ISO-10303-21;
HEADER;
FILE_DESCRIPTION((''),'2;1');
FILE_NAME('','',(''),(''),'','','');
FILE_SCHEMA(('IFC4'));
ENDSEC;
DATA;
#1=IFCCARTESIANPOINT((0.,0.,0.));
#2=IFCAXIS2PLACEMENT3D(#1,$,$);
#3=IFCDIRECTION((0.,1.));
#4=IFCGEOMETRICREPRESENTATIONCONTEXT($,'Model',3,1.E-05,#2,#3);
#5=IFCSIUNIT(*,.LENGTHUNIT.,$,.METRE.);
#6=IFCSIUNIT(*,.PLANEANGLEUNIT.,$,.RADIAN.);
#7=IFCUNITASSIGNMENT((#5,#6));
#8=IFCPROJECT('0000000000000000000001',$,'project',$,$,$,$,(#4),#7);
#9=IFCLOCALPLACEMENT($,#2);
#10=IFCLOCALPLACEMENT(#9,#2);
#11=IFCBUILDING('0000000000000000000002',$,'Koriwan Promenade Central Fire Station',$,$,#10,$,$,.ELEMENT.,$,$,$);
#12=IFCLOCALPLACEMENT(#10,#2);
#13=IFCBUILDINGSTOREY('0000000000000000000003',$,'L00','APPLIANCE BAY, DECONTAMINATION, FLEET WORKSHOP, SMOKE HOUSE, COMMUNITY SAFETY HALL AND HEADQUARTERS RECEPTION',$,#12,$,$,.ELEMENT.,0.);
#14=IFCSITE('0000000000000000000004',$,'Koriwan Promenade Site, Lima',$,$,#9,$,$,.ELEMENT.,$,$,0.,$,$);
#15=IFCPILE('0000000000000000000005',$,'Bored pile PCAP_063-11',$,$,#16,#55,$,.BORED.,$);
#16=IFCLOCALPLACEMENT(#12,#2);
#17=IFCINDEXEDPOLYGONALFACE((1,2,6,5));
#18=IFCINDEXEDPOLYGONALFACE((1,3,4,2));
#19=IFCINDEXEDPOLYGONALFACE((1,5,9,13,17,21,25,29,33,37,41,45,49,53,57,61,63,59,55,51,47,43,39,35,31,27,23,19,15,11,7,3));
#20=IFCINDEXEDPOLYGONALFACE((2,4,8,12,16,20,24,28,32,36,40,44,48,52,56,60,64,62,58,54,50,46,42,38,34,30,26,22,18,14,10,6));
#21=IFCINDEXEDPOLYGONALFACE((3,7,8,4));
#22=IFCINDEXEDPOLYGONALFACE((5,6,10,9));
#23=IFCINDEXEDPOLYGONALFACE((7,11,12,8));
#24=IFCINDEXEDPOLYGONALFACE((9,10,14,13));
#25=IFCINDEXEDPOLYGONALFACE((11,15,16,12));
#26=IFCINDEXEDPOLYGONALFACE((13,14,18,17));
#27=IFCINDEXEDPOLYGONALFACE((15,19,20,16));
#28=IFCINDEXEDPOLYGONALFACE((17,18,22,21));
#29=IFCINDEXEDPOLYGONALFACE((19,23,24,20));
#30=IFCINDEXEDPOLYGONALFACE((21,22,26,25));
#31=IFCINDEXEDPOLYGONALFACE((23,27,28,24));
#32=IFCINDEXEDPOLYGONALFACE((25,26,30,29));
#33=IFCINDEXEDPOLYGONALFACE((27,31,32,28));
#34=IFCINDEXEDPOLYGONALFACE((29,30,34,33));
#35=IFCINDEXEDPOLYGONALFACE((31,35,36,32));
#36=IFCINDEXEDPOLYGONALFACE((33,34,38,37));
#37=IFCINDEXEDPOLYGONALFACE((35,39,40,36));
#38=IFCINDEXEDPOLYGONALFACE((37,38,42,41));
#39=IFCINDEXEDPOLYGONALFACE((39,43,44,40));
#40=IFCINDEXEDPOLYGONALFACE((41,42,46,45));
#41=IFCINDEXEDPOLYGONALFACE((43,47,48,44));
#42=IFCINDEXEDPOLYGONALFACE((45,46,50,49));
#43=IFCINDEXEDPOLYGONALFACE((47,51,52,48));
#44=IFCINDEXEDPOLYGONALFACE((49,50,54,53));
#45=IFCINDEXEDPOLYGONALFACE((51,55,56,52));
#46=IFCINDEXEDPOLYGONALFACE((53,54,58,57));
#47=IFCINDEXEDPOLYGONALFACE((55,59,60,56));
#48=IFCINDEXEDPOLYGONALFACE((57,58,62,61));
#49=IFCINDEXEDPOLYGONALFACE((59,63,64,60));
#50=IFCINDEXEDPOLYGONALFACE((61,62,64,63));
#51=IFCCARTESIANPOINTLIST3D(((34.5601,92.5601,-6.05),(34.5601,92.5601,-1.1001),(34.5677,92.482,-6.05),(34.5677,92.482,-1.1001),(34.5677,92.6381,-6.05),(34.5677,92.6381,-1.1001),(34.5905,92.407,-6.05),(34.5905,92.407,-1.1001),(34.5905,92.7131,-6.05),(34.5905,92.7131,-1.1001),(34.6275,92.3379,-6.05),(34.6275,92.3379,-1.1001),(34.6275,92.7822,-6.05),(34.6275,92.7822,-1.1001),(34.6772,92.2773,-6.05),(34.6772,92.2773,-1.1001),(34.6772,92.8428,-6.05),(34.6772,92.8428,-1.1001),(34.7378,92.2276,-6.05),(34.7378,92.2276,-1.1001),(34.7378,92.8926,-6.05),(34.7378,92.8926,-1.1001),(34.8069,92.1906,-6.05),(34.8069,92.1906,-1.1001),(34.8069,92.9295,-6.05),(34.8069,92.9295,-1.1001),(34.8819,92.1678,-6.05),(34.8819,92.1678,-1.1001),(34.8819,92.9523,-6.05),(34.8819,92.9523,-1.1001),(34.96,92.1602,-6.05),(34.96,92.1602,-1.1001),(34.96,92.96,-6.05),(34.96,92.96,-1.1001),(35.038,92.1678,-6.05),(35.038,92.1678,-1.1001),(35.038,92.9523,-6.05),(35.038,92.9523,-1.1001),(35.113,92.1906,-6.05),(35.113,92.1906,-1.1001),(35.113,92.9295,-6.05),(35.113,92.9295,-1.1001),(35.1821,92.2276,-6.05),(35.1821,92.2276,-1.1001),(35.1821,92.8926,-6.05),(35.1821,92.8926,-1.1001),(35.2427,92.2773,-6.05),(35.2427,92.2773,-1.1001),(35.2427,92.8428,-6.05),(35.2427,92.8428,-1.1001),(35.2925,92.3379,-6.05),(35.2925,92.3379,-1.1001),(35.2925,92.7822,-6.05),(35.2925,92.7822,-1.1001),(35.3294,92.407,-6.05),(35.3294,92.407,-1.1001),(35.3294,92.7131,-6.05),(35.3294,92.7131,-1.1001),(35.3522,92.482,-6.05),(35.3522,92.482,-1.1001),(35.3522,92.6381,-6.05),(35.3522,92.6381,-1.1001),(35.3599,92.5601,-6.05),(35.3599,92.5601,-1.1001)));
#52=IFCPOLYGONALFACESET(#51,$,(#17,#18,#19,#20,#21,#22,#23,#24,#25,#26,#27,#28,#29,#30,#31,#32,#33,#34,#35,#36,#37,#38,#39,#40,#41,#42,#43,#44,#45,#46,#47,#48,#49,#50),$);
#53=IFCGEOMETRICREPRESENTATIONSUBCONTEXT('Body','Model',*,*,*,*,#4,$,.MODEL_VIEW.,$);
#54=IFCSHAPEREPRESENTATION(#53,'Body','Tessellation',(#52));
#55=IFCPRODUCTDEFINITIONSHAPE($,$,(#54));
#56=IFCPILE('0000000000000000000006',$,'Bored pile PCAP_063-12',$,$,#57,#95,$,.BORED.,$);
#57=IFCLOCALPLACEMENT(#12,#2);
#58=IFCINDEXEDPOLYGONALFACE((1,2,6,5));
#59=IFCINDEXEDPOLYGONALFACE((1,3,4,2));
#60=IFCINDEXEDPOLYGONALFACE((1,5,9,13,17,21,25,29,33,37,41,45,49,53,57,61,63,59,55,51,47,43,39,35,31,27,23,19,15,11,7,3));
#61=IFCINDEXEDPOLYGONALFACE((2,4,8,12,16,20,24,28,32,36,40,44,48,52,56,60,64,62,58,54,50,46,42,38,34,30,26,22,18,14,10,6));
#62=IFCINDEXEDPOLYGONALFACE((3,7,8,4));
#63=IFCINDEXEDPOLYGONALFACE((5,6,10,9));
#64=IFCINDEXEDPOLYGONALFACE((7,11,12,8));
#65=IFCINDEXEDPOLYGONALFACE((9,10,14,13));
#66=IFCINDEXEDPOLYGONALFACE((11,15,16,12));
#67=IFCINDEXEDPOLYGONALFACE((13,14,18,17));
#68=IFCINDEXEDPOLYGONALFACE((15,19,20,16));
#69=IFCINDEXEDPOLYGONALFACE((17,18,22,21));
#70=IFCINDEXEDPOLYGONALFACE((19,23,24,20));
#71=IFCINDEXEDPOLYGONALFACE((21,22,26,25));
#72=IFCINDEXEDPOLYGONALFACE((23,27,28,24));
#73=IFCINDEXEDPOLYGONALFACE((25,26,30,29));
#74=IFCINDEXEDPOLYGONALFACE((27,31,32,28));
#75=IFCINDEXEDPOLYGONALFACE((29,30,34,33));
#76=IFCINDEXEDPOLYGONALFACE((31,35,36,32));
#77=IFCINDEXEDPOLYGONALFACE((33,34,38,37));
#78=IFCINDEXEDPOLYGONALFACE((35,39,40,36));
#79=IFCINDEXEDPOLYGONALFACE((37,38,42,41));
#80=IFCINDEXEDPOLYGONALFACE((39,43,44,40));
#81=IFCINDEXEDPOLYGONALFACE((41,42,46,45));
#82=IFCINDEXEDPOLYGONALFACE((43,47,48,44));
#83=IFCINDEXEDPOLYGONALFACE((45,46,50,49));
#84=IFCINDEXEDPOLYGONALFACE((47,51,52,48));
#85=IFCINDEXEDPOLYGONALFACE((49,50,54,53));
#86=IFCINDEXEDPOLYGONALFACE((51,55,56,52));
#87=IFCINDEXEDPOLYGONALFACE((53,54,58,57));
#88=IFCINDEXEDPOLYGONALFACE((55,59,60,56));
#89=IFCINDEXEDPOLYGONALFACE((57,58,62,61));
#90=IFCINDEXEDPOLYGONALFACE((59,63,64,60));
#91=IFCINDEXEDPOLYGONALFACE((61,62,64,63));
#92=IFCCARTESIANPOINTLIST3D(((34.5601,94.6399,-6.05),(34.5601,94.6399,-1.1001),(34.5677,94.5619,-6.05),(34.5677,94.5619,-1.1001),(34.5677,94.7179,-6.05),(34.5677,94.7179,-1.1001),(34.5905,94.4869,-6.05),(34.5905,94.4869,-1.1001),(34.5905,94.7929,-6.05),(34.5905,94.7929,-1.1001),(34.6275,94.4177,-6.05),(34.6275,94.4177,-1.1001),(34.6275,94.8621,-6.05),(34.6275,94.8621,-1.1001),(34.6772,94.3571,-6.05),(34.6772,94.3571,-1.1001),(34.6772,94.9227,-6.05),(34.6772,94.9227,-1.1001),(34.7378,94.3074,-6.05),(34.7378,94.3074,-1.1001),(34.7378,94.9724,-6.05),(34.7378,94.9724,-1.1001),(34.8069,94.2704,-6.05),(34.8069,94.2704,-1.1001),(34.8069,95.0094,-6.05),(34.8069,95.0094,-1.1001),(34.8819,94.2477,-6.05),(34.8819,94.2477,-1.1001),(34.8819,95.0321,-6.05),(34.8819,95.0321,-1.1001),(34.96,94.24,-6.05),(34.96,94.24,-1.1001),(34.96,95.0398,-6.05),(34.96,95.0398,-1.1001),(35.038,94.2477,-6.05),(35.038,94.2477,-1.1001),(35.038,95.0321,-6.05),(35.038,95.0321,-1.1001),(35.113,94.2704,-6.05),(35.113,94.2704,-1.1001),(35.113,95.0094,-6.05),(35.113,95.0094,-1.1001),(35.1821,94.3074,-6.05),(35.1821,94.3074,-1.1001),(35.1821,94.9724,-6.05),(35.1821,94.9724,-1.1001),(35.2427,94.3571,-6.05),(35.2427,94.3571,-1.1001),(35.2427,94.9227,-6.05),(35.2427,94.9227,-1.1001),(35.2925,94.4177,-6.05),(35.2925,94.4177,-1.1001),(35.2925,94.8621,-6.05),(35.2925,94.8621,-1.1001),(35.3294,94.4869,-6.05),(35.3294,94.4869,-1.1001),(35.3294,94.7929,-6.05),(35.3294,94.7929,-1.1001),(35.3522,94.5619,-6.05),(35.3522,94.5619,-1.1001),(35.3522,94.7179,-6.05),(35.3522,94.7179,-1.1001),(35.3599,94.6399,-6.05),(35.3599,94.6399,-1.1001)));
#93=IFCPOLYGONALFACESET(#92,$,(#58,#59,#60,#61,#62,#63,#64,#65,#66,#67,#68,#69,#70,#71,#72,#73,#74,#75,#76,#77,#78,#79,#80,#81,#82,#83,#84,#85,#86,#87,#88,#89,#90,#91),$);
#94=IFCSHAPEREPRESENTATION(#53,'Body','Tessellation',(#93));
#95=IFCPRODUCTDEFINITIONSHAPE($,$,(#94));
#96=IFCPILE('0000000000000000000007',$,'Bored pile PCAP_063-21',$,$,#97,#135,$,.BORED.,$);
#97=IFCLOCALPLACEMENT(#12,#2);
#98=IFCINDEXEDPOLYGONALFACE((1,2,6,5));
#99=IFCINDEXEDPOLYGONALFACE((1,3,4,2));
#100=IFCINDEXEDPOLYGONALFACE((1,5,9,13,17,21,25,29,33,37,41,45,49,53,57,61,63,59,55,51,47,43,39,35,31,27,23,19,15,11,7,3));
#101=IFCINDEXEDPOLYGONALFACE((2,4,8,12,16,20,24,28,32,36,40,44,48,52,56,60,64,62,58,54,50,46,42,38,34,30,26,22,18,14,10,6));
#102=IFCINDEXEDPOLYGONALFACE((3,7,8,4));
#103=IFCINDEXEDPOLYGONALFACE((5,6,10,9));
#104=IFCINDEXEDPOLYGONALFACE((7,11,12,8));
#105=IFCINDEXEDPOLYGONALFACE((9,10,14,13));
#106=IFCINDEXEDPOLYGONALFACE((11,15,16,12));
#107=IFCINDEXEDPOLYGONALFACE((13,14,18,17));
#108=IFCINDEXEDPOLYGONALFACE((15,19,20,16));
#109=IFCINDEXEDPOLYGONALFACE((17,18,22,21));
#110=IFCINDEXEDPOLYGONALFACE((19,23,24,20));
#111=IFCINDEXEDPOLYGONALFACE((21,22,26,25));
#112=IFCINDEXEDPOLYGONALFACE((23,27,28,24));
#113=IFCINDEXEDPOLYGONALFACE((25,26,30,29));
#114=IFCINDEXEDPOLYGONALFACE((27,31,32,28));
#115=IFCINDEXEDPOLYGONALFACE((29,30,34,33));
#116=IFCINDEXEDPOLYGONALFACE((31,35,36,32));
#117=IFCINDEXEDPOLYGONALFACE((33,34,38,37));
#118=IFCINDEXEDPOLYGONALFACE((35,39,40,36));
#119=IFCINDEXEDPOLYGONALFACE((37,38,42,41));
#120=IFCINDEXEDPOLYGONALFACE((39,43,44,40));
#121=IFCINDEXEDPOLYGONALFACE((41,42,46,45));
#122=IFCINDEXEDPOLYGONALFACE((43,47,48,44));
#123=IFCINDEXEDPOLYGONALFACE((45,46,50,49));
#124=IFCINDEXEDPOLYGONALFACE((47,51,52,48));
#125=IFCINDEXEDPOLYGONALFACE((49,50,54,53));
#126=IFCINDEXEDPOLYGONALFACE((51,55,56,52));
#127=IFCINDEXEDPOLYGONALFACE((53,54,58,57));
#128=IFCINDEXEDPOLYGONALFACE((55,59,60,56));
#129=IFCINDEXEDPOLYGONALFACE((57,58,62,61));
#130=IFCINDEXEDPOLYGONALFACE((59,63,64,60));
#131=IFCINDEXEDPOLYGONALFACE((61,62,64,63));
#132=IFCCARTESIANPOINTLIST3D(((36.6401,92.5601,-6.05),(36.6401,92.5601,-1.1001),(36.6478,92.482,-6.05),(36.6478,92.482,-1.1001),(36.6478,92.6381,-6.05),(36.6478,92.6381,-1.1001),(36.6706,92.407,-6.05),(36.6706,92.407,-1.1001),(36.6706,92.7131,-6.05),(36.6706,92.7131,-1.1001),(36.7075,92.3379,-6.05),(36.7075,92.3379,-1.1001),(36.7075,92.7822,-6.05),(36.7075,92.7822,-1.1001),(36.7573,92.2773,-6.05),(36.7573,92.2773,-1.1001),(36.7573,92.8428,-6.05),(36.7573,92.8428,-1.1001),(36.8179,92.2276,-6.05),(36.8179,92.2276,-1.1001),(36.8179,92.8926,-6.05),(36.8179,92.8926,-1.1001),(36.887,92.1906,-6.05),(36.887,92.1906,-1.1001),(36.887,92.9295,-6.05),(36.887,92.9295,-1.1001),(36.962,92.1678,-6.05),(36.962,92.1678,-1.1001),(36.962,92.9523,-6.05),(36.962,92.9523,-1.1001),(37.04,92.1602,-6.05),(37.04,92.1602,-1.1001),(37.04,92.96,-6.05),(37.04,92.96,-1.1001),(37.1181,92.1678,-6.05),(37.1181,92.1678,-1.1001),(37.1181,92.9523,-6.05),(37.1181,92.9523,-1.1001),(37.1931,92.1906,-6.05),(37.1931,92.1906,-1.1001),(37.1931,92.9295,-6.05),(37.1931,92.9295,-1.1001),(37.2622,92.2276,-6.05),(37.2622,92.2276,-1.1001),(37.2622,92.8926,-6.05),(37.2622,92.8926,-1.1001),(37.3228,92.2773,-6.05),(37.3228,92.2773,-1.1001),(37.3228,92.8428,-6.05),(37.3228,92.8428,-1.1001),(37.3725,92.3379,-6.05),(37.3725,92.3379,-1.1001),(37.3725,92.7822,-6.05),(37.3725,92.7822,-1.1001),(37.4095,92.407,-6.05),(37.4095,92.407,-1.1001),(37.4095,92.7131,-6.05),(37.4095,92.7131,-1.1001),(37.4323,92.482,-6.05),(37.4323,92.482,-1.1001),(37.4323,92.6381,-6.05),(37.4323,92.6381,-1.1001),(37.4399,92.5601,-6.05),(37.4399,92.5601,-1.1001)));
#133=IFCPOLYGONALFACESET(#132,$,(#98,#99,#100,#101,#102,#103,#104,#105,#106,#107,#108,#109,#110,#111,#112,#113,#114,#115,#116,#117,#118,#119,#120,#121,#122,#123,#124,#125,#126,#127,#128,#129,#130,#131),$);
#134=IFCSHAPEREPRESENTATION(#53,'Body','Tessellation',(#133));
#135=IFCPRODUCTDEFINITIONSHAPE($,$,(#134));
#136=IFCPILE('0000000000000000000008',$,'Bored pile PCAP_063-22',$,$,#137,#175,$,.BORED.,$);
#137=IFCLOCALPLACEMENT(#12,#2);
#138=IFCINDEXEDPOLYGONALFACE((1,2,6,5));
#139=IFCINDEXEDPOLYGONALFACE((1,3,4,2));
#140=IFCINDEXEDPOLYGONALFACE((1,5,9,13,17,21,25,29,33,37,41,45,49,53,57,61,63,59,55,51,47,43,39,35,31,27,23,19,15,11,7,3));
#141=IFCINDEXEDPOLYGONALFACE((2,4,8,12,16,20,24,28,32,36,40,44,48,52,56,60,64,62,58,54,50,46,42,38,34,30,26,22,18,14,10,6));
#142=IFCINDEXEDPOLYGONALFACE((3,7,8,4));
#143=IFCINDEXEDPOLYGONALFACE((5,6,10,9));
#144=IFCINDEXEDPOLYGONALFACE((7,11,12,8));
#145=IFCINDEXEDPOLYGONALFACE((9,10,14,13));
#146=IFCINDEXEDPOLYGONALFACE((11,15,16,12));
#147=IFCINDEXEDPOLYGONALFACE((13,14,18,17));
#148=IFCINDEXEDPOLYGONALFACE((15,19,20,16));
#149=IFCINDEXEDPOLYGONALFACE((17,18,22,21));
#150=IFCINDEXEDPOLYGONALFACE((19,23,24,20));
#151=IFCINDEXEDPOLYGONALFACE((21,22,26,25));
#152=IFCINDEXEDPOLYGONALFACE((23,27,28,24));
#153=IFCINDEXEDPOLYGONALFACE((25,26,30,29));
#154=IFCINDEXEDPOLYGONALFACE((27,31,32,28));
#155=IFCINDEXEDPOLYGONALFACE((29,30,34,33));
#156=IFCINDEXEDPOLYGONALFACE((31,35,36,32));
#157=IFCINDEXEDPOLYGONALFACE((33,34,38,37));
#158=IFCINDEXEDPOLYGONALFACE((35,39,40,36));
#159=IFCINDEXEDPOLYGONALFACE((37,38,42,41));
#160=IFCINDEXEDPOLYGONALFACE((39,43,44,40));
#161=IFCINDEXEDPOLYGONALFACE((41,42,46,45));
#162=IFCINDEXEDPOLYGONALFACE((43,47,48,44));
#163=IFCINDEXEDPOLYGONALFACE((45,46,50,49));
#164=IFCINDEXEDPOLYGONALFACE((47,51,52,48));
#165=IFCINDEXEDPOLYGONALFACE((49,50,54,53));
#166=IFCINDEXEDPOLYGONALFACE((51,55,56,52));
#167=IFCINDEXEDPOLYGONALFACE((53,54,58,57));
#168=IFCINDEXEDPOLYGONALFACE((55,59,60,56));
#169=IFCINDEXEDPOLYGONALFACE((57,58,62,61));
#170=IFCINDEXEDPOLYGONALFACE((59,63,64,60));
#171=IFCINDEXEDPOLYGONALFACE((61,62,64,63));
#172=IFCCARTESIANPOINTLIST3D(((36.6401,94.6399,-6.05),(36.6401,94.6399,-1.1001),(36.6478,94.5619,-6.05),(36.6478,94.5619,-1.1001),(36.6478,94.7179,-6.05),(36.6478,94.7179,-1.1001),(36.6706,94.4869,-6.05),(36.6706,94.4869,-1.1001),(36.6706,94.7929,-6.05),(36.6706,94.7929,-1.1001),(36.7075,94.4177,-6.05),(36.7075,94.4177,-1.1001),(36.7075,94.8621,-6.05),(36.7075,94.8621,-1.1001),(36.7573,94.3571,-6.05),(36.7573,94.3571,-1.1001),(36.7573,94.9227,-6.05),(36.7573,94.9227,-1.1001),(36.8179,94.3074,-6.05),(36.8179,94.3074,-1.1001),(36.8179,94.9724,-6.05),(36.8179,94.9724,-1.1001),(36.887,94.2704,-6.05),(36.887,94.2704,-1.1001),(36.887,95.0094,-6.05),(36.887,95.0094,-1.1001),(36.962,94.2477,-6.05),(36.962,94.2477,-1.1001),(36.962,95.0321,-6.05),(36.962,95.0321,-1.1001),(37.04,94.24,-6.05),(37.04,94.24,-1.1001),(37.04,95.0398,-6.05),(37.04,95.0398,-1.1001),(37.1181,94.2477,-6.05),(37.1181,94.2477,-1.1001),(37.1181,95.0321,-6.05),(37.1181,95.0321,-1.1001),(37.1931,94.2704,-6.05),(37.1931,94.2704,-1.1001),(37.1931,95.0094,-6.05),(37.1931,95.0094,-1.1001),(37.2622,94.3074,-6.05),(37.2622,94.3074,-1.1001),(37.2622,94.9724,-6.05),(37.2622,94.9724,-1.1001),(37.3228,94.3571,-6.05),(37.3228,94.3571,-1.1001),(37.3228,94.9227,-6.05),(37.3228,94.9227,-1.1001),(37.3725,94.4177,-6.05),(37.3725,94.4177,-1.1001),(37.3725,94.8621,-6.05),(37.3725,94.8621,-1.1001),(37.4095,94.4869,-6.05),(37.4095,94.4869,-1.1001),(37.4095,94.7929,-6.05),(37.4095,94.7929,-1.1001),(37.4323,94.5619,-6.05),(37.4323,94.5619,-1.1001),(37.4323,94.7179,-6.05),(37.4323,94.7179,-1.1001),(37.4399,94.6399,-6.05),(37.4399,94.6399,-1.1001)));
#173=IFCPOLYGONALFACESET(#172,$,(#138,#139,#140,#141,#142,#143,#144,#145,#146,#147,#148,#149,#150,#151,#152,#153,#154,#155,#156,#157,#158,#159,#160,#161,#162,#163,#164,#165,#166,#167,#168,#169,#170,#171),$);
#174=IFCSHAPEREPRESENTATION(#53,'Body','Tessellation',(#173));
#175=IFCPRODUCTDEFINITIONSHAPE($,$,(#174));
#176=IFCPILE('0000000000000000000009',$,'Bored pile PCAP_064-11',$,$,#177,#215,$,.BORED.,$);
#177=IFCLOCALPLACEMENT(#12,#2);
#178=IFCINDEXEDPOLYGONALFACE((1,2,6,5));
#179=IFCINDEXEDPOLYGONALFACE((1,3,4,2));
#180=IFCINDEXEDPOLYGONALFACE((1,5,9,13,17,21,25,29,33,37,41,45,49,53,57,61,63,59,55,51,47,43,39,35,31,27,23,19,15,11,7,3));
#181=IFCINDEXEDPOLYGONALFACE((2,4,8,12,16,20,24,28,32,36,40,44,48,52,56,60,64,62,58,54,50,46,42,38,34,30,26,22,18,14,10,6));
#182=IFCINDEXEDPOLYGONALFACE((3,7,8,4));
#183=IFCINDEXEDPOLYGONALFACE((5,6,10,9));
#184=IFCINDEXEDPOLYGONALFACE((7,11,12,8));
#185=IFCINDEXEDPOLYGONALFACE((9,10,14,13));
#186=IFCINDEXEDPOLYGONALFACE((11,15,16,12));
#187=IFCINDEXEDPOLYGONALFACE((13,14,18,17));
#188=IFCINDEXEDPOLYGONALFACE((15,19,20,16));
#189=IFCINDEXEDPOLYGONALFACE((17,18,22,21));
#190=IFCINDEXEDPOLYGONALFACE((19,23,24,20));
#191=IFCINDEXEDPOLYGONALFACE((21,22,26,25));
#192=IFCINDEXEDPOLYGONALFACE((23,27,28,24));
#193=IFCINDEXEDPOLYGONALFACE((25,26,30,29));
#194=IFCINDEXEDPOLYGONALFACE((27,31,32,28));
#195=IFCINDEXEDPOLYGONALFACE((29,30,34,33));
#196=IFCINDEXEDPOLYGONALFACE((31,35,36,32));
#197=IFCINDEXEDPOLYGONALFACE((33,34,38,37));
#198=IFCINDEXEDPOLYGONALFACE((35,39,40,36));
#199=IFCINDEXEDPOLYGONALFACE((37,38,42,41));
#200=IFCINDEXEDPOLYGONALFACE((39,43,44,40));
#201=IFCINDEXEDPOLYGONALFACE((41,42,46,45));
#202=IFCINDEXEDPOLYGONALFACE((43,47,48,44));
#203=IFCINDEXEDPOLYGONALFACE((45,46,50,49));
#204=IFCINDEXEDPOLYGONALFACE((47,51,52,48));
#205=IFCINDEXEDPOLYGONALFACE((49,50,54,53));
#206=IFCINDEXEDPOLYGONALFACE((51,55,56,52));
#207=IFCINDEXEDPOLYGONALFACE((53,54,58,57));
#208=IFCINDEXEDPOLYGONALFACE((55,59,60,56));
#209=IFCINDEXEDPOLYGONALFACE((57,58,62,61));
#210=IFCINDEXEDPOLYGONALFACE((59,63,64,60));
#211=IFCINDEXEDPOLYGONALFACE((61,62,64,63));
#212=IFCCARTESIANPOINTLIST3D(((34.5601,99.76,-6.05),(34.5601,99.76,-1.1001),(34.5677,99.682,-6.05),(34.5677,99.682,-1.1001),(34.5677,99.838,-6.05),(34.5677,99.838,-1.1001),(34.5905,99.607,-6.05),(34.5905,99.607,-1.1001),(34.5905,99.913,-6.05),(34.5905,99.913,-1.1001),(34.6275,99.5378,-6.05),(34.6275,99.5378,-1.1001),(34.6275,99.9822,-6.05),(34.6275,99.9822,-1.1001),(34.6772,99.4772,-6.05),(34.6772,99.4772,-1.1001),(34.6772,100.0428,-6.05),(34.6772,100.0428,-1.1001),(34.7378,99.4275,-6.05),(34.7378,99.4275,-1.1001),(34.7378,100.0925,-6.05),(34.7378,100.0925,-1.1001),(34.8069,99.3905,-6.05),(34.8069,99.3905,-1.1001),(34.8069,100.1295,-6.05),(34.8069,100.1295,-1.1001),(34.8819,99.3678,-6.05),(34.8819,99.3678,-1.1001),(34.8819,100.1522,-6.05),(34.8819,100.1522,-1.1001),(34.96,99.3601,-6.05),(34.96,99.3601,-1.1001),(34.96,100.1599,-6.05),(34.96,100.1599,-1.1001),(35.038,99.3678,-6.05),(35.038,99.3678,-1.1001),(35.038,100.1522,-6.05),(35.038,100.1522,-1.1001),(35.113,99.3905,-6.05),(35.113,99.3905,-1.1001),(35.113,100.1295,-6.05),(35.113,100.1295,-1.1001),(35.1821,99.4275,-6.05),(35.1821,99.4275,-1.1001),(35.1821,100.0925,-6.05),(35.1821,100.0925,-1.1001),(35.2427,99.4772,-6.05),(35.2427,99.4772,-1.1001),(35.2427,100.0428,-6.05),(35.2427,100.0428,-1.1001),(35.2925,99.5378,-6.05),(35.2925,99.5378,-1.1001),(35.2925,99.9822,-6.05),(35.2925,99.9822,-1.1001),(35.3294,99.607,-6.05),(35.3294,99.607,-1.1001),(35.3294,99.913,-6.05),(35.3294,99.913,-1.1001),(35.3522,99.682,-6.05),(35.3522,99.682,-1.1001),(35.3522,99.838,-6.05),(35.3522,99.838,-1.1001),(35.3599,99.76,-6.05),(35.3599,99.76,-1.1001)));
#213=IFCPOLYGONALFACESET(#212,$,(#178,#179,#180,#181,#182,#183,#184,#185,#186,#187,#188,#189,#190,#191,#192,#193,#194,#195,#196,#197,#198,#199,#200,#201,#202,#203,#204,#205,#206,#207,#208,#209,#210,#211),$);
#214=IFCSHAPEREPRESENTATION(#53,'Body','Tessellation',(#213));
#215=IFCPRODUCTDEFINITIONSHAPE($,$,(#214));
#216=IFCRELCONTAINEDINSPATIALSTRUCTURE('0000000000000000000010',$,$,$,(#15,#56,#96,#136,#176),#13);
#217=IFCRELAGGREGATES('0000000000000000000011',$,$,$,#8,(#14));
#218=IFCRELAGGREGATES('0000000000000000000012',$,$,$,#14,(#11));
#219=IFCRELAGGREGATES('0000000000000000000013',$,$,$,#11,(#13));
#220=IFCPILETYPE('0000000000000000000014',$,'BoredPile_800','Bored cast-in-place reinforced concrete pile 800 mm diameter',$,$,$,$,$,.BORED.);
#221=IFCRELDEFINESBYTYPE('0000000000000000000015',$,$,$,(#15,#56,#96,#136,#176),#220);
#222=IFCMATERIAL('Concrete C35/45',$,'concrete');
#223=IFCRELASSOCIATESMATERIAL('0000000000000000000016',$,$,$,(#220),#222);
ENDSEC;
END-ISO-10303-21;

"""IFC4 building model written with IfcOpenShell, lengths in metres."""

from ifc_helpers import new_model, si_unit, direction, frame, origin, origin_2d, place, context, subcontext, project, spatial, circle, extrude, material, material_profile, profile_set, type_object, element, save


model = new_model("IFC4")

# Units and contexts
model_context = context("Model", 3, precision=1e-05, world=origin(), true_north=direction((0.0, 1.0)))
body_context = subcontext(model_context, "Body", "Model", "MODEL_VIEW")
ifc_project = project(units=[si_unit("LENGTHUNIT", "METRE"), si_unit("PLANEANGLEUNIT", "RADIAN")], contexts=[model_context])

# Site, building, storey
site_placement = place(None, origin())
site = spatial("IfcSite", under=ifc_project, at=site_placement, Name="Koriwan Promenade Site, Lima", CompositionType="ELEMENT", RefElevation=0.0)
building_placement = place(site_placement, origin())
building = spatial("IfcBuilding", under=site, at=building_placement, Name="Koriwan Promenade Central Fire Station", CompositionType="ELEMENT")
storey_placement = place(building_placement, origin())
storey = spatial("IfcBuildingStorey", under=building, at=storey_placement, Name="L00", Description="APPLIANCE BAY, DECONTAMINATION, FLEET WORKSHOP, SMOKE HOUSE, COMMUNITY SAFETY HALL AND HEADQUARTERS RECEPTION", CompositionType="ELEMENT", Elevation=0.0)

# Piles
ifc_material_1 = material(Name="Concrete C35/45", Category="concrete")
ifc_material_profile_1 = material_profile(ifc_material_1, circle(Radius=0.3999, at=origin_2d()), Name="PILE-D800")
ifc_profile_set_1 = profile_set([ifc_material_profile_1], Name="Concrete C35/45")
pile_type_1 = type_object("IfcPileType", Name="BoredPile_800", Description="Bored cast-in-place reinforced concrete pile 800 mm diameter", PredefinedType="BORED", material=ifc_profile_set_1)
for number, where, z_axis, x_axis, name in (
    (1, (34.96, 92.5601, -1.1001), (0.0, 0.0, -1.0), (1.0, 0.0, 0.0), "Bored pile PCAP_063-11"),
    (2, (34.96, 94.6399, -1.1001), (0.0, 0.0, -1.0), (1.0, 0.0, 0.0), "Bored pile PCAP_063-12"),
    (3, (37.04, 92.5601, -1.1001), (0.0, 0.0, -1.0), (1.0, 0.0, 0.0), "Bored pile PCAP_063-21"),
    (4, (37.04, 94.6399, -1.1001), (0.0, 0.0, -1.0), (1.0, 0.0, 0.0), "Bored pile PCAP_063-22"),
    (5, (34.96, 99.76, -1.1001), (0.0, 0.0, -1.0), (1.0, 0.0, 0.0), "Bored pile PCAP_064-11"),
):
    element("IfcPile", number, at=place(storey_placement, frame(where, z_axis=z_axis, x_axis=x_axis)), inside=storey, type_object=pile_type_1, Name=name, PredefinedType="BORED", context=body_context, shape_type="SweptSolid", body=[
        extrude(circle(Radius=0.3999, at=origin_2d()), origin(), (0.0, 0.0, 1.0), 4.95),
    ])

save(model, "model.ifc")
